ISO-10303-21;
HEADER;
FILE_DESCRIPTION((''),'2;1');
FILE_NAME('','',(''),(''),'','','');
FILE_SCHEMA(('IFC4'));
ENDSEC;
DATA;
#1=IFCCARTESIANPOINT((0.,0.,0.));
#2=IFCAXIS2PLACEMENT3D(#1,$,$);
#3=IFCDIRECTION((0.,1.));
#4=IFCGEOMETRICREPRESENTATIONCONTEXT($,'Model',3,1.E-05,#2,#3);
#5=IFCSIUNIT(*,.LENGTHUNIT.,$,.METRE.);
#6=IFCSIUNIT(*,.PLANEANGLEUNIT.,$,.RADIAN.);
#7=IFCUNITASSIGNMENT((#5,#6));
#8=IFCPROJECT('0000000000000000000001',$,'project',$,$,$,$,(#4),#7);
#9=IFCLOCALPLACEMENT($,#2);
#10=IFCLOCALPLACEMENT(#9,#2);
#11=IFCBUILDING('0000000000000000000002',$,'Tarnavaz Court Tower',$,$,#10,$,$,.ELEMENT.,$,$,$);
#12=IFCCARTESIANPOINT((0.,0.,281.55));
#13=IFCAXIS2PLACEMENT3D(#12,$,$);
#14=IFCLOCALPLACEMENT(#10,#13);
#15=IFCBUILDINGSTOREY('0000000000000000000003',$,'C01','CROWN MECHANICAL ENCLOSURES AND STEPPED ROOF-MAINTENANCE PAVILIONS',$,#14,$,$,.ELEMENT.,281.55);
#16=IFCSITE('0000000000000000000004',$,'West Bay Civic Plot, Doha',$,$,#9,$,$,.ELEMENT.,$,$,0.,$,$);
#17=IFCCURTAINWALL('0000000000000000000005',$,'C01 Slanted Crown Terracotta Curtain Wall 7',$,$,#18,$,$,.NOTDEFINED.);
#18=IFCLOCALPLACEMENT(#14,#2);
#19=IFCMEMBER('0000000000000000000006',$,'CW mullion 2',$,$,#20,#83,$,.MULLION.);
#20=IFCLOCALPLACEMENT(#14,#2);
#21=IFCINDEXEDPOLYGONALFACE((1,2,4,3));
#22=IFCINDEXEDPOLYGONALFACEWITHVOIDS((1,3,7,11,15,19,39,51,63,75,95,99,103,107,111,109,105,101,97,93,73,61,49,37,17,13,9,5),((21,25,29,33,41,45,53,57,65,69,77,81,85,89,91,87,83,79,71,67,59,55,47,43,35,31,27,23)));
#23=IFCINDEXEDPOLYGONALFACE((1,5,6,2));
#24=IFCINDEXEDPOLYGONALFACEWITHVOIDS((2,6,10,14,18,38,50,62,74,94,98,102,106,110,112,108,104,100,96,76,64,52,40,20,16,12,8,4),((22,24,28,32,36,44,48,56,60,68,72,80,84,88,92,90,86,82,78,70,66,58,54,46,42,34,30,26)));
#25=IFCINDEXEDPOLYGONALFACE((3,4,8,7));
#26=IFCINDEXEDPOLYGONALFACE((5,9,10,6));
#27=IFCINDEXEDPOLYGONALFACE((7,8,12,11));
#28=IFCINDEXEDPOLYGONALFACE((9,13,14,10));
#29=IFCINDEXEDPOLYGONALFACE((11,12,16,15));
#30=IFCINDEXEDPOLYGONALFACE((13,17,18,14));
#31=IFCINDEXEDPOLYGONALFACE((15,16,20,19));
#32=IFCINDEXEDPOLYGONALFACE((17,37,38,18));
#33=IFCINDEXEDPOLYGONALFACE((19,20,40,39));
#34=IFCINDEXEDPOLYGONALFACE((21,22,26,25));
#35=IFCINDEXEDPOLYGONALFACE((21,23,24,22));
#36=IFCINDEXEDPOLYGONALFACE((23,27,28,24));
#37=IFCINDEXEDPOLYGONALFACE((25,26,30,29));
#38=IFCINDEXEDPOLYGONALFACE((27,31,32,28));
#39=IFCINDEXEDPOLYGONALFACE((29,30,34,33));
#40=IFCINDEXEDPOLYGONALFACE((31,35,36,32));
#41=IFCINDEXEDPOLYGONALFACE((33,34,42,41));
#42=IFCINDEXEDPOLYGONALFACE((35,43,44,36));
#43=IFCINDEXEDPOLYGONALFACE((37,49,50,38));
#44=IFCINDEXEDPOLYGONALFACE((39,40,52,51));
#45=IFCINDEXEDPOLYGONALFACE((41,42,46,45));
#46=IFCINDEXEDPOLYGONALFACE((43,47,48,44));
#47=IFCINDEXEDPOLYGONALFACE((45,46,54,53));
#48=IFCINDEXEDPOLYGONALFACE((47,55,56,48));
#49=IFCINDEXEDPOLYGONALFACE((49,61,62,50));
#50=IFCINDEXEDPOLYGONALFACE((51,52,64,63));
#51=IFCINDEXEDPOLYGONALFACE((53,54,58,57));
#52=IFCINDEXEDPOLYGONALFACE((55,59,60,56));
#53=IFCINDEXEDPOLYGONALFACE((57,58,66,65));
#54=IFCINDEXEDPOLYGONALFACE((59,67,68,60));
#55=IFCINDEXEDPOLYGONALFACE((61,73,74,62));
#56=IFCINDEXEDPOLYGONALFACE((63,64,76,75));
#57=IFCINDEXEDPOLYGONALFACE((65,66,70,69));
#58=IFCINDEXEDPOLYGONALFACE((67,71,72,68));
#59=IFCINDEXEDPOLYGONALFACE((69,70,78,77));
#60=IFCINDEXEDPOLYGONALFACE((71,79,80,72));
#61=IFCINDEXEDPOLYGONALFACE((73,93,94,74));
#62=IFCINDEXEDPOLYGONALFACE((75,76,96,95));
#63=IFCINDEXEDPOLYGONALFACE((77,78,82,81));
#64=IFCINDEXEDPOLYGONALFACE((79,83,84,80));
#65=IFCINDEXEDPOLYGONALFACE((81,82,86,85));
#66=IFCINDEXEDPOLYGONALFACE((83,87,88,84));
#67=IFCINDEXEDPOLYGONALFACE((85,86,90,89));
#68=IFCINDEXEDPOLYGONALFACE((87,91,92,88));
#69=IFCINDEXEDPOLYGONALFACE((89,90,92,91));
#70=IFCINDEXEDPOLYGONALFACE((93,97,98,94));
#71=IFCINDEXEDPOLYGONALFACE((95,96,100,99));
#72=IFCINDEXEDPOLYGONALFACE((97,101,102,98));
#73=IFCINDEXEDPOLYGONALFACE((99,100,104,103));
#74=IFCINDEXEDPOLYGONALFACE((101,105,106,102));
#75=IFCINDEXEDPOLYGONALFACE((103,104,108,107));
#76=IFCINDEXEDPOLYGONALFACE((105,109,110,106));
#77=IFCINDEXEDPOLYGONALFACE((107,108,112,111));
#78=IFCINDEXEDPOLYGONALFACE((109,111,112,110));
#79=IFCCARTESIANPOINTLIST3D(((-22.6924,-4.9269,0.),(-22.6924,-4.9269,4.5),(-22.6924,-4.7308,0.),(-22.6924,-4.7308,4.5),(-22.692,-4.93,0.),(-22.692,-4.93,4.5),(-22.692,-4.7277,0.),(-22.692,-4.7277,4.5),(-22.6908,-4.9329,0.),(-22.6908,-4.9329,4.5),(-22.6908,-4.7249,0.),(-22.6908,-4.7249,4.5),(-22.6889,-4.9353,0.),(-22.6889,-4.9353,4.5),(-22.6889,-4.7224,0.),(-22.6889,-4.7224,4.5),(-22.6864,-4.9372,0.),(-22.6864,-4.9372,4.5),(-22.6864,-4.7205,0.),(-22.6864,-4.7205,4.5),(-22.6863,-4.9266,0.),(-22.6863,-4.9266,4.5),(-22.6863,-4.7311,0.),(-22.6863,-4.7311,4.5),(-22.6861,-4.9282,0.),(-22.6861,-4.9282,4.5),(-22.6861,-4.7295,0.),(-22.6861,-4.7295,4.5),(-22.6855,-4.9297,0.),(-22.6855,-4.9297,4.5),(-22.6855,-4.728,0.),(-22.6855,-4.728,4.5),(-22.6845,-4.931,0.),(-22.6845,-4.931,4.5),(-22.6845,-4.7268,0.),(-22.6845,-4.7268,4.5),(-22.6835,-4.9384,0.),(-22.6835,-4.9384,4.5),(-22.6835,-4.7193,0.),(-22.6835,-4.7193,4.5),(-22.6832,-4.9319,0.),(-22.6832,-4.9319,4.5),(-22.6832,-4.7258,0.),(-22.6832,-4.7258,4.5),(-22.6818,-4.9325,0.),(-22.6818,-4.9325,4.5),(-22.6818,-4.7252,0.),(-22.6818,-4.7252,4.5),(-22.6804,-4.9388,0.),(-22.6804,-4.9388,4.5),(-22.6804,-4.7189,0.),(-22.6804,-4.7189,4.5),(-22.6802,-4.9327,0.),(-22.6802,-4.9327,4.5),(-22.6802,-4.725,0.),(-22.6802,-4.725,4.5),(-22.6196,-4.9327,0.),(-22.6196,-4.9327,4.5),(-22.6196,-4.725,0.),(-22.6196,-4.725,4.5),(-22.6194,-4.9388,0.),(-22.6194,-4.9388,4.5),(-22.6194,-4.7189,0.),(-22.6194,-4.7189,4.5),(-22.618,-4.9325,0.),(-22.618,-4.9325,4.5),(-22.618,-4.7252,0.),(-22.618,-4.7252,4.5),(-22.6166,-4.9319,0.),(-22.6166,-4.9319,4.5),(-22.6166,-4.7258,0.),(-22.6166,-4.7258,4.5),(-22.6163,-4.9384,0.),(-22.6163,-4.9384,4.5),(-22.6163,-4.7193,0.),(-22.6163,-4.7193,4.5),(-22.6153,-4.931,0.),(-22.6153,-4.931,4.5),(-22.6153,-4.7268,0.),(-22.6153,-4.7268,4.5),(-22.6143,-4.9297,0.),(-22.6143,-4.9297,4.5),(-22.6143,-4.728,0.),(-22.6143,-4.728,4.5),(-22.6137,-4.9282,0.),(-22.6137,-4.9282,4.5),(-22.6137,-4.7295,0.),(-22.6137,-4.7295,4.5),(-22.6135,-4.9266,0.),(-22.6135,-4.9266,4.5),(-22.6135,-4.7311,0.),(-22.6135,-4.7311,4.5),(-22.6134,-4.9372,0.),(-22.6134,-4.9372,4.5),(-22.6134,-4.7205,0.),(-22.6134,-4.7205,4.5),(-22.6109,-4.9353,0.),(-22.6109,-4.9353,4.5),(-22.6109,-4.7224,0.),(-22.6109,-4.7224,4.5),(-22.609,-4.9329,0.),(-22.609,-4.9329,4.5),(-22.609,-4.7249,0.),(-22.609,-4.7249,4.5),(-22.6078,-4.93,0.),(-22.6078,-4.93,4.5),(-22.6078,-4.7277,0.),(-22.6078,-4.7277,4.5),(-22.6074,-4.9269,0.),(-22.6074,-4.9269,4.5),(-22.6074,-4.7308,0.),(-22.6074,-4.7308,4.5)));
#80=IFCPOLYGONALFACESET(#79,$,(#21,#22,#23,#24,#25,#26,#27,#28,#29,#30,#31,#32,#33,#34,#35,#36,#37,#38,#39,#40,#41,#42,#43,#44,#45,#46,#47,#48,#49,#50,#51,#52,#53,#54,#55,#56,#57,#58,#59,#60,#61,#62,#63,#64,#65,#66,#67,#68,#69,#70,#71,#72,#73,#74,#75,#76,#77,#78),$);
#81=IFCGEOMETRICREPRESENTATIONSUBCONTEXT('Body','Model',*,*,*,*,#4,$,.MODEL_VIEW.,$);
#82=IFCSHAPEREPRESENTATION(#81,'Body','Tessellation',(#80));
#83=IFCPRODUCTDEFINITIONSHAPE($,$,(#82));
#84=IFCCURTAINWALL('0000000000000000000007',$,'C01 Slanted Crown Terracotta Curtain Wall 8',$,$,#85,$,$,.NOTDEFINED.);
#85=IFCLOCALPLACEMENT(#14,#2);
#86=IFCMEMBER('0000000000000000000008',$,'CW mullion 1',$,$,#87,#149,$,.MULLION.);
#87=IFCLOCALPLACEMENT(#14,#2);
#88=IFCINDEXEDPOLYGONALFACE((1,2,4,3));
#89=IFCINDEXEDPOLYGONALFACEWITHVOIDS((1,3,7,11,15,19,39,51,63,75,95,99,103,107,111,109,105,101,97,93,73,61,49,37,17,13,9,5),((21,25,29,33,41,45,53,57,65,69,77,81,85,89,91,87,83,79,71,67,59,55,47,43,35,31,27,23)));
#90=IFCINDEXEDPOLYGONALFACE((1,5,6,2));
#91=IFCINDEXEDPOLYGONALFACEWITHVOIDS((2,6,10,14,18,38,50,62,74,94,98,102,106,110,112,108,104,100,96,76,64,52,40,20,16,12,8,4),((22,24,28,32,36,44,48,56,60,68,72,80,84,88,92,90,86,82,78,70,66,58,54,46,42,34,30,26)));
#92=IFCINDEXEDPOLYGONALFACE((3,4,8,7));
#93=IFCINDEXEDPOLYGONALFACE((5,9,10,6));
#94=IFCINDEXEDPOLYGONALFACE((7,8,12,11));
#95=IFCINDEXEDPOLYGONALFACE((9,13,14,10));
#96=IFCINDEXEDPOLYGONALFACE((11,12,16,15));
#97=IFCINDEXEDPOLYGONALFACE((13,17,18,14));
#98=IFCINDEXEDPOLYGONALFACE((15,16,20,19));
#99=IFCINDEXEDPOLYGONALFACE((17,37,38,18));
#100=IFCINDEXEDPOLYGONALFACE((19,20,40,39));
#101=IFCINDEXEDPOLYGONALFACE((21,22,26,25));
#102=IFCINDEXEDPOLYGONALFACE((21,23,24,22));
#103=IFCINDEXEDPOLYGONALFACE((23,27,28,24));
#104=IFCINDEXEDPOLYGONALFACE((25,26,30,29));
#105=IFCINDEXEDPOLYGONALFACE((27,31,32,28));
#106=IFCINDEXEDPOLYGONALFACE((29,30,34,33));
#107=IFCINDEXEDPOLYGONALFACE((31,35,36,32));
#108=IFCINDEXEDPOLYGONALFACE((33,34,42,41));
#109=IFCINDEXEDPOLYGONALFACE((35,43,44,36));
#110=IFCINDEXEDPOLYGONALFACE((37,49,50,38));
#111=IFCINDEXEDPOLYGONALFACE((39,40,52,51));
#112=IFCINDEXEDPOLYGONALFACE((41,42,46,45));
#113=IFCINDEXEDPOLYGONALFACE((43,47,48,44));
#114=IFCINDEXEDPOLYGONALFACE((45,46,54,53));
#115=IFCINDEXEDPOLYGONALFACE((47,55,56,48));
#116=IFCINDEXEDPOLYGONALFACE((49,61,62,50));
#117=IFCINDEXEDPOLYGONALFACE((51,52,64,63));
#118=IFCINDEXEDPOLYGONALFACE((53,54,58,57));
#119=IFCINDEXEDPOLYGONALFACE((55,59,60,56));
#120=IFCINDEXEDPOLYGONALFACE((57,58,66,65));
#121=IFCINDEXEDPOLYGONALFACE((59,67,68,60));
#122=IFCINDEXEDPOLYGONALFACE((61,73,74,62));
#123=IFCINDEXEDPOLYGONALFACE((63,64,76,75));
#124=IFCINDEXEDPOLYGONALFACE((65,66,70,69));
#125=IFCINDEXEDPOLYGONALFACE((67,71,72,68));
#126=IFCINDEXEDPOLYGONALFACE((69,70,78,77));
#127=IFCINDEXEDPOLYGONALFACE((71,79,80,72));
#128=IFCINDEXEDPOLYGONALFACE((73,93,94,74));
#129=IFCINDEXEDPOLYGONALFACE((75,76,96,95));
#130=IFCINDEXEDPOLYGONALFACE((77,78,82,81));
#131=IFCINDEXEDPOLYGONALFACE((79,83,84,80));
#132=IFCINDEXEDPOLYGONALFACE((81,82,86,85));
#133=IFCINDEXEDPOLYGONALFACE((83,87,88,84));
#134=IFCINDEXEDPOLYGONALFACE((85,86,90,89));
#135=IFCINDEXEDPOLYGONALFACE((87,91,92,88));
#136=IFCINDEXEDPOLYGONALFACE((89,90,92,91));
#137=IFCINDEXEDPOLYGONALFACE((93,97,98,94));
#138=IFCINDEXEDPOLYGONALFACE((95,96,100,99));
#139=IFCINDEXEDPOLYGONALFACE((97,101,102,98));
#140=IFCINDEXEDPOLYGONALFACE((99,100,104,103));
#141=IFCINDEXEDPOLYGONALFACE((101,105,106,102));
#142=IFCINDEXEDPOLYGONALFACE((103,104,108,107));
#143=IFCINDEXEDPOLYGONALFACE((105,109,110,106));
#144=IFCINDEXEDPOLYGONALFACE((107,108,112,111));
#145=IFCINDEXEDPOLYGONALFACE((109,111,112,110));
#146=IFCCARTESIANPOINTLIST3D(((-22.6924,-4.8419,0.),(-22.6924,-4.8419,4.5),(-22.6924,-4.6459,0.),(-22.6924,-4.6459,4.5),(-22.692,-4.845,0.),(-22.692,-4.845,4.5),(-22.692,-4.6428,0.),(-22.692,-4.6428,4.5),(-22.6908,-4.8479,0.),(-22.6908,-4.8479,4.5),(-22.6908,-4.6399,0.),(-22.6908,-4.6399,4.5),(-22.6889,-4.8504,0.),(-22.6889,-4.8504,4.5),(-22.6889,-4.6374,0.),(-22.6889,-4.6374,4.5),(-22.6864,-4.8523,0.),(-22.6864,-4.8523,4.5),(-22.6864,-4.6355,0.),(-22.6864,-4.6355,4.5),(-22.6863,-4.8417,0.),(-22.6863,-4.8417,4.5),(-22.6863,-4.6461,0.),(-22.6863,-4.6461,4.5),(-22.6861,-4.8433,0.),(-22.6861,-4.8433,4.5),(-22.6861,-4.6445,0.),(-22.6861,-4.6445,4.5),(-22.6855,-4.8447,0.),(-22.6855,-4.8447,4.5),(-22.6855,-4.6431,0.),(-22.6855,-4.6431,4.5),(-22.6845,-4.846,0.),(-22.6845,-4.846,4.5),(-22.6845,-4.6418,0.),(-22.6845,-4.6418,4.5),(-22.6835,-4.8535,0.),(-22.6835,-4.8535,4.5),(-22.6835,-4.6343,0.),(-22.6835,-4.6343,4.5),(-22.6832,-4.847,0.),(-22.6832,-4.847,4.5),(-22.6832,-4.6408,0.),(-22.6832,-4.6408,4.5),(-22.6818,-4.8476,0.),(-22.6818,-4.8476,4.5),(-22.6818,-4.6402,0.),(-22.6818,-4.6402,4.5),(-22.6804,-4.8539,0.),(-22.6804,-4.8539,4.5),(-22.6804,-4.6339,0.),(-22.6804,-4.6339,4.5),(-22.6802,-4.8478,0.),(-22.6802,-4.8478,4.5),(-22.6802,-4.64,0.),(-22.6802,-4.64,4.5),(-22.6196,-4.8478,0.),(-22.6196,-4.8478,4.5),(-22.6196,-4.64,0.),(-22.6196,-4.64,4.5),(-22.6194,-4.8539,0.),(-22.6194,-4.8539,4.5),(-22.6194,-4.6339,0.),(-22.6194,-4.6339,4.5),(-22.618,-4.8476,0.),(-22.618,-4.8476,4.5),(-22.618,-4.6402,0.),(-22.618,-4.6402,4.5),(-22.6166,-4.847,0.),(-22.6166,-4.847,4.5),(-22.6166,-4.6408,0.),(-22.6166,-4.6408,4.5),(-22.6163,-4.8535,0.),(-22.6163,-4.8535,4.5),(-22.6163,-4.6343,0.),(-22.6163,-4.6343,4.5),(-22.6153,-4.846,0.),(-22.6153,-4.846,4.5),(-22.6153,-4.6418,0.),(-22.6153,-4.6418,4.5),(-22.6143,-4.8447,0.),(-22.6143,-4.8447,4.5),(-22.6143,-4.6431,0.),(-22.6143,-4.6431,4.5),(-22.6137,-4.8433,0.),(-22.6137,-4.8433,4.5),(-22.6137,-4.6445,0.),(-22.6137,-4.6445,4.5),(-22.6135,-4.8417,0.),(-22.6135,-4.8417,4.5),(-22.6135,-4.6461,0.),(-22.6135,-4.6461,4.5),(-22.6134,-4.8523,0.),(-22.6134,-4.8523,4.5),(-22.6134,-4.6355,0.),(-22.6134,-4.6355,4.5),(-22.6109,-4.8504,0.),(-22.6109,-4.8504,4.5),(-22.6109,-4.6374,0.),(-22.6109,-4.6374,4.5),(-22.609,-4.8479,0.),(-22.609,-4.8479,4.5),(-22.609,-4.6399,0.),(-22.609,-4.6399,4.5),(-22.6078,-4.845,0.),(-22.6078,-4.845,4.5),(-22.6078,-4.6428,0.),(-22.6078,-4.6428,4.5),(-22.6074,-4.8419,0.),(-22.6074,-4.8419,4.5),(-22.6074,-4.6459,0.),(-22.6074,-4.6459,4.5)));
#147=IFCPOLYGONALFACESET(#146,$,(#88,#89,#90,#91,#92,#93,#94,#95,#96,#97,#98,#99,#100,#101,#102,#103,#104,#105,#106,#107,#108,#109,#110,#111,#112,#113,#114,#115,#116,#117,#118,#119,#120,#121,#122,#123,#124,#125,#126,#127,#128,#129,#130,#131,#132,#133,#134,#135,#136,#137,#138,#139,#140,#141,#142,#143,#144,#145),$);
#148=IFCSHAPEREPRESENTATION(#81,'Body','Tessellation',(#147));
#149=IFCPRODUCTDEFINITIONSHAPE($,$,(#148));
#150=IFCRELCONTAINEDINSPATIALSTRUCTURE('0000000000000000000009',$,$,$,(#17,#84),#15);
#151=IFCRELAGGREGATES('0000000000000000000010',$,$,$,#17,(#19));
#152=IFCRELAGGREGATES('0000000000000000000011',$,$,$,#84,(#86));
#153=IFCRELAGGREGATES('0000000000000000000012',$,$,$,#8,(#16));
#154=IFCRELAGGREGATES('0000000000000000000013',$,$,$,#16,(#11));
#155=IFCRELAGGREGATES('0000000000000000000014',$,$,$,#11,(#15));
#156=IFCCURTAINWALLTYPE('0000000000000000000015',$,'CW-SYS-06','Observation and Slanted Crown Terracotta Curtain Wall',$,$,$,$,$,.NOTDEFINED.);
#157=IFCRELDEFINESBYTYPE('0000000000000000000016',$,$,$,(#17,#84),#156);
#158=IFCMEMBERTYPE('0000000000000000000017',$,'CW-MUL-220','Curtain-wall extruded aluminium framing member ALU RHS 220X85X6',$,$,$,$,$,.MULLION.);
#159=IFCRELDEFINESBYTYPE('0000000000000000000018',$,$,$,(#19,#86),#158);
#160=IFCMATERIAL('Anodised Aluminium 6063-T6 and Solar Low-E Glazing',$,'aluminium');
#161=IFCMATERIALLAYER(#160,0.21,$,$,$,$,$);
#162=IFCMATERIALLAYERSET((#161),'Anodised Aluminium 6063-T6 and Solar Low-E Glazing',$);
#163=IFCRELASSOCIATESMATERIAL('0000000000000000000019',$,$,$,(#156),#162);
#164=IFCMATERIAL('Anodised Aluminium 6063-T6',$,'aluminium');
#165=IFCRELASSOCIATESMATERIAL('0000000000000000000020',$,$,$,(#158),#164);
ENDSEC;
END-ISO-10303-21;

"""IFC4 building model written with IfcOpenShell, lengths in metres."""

from ifc_helpers import new_model, si_unit, direction, frame, origin, origin_2d, place, context, subcontext, project, spatial, hollow_rectangle, extrude, material, layer, layer_set, material_profile, profile_set, type_object, element, aggregate, save


model = new_model("IFC4")

# Units and contexts
model_context = context("Model", 3, precision=1e-05, world=origin(), true_north=direction((0.0, 1.0)))
body_context = subcontext(model_context, "Body", "Model", "MODEL_VIEW")
ifc_project = project(units=[si_unit("LENGTHUNIT", "METRE"), si_unit("PLANEANGLEUNIT", "RADIAN")], contexts=[model_context])

# Site, building, storey
site_placement = place(None, origin())
site = spatial("IfcSite", under=ifc_project, at=site_placement, Name="West Bay Civic Plot, Doha", CompositionType="ELEMENT", RefElevation=0.0)
building_placement = place(site_placement, origin())
building = spatial("IfcBuilding", under=site, at=building_placement, Name="Tarnavaz Court Tower", CompositionType="ELEMENT")
storey_placement = place(building_placement, frame((0.0, 0.0, 281.55)))
storey = spatial("IfcBuildingStorey", under=building, at=storey_placement, Name="C01", Description="CROWN MECHANICAL ENCLOSURES AND STEPPED ROOF-MAINTENANCE PAVILIONS", CompositionType="ELEMENT", Elevation=281.55)

# Shared definitions
ifc_material_1 = material(Name="Anodised Aluminium 6063-T6 and Solar Low-E Glazing", Category="aluminium")
ifc_layer_1 = layer(ifc_material_1, 0.21)
ifc_layer_set_1 = layer_set([ifc_layer_1], Name="Anodised Aluminium 6063-T6 and Solar Low-E Glazing")
curtain_wall_type = type_object("IfcCurtainWallType", Name="CW-SYS-06", Description="Observation and Slanted Crown Terracotta Curtain Wall", PredefinedType="NOTDEFINED", material=ifc_layer_set_1)
ifc_material_2 = material(Name="Anodised Aluminium 6063-T6", Category="aluminium")
ifc_material_profile_1 = material_profile(ifc_material_2, hollow_rectangle(XDim=0.085, YDim=0.22, WallThickness=0.0061, InnerFilletRadius=0.0061, OuterFilletRadius=0.012, at=origin_2d()), Name="ALU RHS 220X85X6")
ifc_profile_set_1 = profile_set([ifc_material_profile_1], Name="Anodised Aluminium 6063-T6")
member_type_1 = type_object("IfcMemberType", Name="CW-MUL-220", Description="Curtain-wall extruded aluminium framing member ALU RHS 220X85X6", PredefinedType="MULLION", material=ifc_profile_set_1)

# Curtain walls, members
curtain_wall_1_placement = place(storey_placement, origin())
curtain_wall_1 = element("IfcCurtainWall", 1, at=curtain_wall_1_placement, inside=storey, type_object=curtain_wall_type, Name="C01 Slanted Crown Terracotta Curtain Wall 7", PredefinedType="NOTDEFINED")
member_1_placement = place(storey_placement, frame((-22.6499, -4.8289, 0.0), z_axis=(0.0, 0.0, 1.0), x_axis=(-1.0, 0.0, 0.0)))
member_1 = element("IfcMember", 2, at=member_1_placement, type_object=member_type_1, Name="CW mullion 2", PredefinedType="MULLION", context=body_context, shape_type="SweptSolid", body=[
    extrude(hollow_rectangle(XDim=0.085, YDim=0.22, WallThickness=0.0061, InnerFilletRadius=0.0061, OuterFilletRadius=0.012, at=origin_2d()), origin(), (0.0, 0.0, 1.0), 4.5),
])
curtain_wall_2_placement = place(storey_placement, origin())
curtain_wall_2 = element("IfcCurtainWall", 3, at=curtain_wall_2_placement, inside=storey, type_object=curtain_wall_type, Name="C01 Slanted Crown Terracotta Curtain Wall 8", PredefinedType="NOTDEFINED")
member_2_placement = place(storey_placement, frame((-22.6499, -4.7439, 0.0), z_axis=(0.0, 0.0, 1.0), x_axis=(-1.0, 0.0, 0.0)))
member_2 = element("IfcMember", 4, at=member_2_placement, type_object=member_type_1, Name="CW mullion 1", PredefinedType="MULLION", context=body_context, shape_type="SweptSolid", body=[
    extrude(hollow_rectangle(XDim=0.085, YDim=0.22, WallThickness=0.0061, InnerFilletRadius=0.0061, OuterFilletRadius=0.012, at=origin_2d()), origin(), (0.0, 0.0, 1.0), 4.5),
])

aggregate(curtain_wall_1, [member_1])
aggregate(curtain_wall_2, [member_2])

save(model, "model.ifc")
